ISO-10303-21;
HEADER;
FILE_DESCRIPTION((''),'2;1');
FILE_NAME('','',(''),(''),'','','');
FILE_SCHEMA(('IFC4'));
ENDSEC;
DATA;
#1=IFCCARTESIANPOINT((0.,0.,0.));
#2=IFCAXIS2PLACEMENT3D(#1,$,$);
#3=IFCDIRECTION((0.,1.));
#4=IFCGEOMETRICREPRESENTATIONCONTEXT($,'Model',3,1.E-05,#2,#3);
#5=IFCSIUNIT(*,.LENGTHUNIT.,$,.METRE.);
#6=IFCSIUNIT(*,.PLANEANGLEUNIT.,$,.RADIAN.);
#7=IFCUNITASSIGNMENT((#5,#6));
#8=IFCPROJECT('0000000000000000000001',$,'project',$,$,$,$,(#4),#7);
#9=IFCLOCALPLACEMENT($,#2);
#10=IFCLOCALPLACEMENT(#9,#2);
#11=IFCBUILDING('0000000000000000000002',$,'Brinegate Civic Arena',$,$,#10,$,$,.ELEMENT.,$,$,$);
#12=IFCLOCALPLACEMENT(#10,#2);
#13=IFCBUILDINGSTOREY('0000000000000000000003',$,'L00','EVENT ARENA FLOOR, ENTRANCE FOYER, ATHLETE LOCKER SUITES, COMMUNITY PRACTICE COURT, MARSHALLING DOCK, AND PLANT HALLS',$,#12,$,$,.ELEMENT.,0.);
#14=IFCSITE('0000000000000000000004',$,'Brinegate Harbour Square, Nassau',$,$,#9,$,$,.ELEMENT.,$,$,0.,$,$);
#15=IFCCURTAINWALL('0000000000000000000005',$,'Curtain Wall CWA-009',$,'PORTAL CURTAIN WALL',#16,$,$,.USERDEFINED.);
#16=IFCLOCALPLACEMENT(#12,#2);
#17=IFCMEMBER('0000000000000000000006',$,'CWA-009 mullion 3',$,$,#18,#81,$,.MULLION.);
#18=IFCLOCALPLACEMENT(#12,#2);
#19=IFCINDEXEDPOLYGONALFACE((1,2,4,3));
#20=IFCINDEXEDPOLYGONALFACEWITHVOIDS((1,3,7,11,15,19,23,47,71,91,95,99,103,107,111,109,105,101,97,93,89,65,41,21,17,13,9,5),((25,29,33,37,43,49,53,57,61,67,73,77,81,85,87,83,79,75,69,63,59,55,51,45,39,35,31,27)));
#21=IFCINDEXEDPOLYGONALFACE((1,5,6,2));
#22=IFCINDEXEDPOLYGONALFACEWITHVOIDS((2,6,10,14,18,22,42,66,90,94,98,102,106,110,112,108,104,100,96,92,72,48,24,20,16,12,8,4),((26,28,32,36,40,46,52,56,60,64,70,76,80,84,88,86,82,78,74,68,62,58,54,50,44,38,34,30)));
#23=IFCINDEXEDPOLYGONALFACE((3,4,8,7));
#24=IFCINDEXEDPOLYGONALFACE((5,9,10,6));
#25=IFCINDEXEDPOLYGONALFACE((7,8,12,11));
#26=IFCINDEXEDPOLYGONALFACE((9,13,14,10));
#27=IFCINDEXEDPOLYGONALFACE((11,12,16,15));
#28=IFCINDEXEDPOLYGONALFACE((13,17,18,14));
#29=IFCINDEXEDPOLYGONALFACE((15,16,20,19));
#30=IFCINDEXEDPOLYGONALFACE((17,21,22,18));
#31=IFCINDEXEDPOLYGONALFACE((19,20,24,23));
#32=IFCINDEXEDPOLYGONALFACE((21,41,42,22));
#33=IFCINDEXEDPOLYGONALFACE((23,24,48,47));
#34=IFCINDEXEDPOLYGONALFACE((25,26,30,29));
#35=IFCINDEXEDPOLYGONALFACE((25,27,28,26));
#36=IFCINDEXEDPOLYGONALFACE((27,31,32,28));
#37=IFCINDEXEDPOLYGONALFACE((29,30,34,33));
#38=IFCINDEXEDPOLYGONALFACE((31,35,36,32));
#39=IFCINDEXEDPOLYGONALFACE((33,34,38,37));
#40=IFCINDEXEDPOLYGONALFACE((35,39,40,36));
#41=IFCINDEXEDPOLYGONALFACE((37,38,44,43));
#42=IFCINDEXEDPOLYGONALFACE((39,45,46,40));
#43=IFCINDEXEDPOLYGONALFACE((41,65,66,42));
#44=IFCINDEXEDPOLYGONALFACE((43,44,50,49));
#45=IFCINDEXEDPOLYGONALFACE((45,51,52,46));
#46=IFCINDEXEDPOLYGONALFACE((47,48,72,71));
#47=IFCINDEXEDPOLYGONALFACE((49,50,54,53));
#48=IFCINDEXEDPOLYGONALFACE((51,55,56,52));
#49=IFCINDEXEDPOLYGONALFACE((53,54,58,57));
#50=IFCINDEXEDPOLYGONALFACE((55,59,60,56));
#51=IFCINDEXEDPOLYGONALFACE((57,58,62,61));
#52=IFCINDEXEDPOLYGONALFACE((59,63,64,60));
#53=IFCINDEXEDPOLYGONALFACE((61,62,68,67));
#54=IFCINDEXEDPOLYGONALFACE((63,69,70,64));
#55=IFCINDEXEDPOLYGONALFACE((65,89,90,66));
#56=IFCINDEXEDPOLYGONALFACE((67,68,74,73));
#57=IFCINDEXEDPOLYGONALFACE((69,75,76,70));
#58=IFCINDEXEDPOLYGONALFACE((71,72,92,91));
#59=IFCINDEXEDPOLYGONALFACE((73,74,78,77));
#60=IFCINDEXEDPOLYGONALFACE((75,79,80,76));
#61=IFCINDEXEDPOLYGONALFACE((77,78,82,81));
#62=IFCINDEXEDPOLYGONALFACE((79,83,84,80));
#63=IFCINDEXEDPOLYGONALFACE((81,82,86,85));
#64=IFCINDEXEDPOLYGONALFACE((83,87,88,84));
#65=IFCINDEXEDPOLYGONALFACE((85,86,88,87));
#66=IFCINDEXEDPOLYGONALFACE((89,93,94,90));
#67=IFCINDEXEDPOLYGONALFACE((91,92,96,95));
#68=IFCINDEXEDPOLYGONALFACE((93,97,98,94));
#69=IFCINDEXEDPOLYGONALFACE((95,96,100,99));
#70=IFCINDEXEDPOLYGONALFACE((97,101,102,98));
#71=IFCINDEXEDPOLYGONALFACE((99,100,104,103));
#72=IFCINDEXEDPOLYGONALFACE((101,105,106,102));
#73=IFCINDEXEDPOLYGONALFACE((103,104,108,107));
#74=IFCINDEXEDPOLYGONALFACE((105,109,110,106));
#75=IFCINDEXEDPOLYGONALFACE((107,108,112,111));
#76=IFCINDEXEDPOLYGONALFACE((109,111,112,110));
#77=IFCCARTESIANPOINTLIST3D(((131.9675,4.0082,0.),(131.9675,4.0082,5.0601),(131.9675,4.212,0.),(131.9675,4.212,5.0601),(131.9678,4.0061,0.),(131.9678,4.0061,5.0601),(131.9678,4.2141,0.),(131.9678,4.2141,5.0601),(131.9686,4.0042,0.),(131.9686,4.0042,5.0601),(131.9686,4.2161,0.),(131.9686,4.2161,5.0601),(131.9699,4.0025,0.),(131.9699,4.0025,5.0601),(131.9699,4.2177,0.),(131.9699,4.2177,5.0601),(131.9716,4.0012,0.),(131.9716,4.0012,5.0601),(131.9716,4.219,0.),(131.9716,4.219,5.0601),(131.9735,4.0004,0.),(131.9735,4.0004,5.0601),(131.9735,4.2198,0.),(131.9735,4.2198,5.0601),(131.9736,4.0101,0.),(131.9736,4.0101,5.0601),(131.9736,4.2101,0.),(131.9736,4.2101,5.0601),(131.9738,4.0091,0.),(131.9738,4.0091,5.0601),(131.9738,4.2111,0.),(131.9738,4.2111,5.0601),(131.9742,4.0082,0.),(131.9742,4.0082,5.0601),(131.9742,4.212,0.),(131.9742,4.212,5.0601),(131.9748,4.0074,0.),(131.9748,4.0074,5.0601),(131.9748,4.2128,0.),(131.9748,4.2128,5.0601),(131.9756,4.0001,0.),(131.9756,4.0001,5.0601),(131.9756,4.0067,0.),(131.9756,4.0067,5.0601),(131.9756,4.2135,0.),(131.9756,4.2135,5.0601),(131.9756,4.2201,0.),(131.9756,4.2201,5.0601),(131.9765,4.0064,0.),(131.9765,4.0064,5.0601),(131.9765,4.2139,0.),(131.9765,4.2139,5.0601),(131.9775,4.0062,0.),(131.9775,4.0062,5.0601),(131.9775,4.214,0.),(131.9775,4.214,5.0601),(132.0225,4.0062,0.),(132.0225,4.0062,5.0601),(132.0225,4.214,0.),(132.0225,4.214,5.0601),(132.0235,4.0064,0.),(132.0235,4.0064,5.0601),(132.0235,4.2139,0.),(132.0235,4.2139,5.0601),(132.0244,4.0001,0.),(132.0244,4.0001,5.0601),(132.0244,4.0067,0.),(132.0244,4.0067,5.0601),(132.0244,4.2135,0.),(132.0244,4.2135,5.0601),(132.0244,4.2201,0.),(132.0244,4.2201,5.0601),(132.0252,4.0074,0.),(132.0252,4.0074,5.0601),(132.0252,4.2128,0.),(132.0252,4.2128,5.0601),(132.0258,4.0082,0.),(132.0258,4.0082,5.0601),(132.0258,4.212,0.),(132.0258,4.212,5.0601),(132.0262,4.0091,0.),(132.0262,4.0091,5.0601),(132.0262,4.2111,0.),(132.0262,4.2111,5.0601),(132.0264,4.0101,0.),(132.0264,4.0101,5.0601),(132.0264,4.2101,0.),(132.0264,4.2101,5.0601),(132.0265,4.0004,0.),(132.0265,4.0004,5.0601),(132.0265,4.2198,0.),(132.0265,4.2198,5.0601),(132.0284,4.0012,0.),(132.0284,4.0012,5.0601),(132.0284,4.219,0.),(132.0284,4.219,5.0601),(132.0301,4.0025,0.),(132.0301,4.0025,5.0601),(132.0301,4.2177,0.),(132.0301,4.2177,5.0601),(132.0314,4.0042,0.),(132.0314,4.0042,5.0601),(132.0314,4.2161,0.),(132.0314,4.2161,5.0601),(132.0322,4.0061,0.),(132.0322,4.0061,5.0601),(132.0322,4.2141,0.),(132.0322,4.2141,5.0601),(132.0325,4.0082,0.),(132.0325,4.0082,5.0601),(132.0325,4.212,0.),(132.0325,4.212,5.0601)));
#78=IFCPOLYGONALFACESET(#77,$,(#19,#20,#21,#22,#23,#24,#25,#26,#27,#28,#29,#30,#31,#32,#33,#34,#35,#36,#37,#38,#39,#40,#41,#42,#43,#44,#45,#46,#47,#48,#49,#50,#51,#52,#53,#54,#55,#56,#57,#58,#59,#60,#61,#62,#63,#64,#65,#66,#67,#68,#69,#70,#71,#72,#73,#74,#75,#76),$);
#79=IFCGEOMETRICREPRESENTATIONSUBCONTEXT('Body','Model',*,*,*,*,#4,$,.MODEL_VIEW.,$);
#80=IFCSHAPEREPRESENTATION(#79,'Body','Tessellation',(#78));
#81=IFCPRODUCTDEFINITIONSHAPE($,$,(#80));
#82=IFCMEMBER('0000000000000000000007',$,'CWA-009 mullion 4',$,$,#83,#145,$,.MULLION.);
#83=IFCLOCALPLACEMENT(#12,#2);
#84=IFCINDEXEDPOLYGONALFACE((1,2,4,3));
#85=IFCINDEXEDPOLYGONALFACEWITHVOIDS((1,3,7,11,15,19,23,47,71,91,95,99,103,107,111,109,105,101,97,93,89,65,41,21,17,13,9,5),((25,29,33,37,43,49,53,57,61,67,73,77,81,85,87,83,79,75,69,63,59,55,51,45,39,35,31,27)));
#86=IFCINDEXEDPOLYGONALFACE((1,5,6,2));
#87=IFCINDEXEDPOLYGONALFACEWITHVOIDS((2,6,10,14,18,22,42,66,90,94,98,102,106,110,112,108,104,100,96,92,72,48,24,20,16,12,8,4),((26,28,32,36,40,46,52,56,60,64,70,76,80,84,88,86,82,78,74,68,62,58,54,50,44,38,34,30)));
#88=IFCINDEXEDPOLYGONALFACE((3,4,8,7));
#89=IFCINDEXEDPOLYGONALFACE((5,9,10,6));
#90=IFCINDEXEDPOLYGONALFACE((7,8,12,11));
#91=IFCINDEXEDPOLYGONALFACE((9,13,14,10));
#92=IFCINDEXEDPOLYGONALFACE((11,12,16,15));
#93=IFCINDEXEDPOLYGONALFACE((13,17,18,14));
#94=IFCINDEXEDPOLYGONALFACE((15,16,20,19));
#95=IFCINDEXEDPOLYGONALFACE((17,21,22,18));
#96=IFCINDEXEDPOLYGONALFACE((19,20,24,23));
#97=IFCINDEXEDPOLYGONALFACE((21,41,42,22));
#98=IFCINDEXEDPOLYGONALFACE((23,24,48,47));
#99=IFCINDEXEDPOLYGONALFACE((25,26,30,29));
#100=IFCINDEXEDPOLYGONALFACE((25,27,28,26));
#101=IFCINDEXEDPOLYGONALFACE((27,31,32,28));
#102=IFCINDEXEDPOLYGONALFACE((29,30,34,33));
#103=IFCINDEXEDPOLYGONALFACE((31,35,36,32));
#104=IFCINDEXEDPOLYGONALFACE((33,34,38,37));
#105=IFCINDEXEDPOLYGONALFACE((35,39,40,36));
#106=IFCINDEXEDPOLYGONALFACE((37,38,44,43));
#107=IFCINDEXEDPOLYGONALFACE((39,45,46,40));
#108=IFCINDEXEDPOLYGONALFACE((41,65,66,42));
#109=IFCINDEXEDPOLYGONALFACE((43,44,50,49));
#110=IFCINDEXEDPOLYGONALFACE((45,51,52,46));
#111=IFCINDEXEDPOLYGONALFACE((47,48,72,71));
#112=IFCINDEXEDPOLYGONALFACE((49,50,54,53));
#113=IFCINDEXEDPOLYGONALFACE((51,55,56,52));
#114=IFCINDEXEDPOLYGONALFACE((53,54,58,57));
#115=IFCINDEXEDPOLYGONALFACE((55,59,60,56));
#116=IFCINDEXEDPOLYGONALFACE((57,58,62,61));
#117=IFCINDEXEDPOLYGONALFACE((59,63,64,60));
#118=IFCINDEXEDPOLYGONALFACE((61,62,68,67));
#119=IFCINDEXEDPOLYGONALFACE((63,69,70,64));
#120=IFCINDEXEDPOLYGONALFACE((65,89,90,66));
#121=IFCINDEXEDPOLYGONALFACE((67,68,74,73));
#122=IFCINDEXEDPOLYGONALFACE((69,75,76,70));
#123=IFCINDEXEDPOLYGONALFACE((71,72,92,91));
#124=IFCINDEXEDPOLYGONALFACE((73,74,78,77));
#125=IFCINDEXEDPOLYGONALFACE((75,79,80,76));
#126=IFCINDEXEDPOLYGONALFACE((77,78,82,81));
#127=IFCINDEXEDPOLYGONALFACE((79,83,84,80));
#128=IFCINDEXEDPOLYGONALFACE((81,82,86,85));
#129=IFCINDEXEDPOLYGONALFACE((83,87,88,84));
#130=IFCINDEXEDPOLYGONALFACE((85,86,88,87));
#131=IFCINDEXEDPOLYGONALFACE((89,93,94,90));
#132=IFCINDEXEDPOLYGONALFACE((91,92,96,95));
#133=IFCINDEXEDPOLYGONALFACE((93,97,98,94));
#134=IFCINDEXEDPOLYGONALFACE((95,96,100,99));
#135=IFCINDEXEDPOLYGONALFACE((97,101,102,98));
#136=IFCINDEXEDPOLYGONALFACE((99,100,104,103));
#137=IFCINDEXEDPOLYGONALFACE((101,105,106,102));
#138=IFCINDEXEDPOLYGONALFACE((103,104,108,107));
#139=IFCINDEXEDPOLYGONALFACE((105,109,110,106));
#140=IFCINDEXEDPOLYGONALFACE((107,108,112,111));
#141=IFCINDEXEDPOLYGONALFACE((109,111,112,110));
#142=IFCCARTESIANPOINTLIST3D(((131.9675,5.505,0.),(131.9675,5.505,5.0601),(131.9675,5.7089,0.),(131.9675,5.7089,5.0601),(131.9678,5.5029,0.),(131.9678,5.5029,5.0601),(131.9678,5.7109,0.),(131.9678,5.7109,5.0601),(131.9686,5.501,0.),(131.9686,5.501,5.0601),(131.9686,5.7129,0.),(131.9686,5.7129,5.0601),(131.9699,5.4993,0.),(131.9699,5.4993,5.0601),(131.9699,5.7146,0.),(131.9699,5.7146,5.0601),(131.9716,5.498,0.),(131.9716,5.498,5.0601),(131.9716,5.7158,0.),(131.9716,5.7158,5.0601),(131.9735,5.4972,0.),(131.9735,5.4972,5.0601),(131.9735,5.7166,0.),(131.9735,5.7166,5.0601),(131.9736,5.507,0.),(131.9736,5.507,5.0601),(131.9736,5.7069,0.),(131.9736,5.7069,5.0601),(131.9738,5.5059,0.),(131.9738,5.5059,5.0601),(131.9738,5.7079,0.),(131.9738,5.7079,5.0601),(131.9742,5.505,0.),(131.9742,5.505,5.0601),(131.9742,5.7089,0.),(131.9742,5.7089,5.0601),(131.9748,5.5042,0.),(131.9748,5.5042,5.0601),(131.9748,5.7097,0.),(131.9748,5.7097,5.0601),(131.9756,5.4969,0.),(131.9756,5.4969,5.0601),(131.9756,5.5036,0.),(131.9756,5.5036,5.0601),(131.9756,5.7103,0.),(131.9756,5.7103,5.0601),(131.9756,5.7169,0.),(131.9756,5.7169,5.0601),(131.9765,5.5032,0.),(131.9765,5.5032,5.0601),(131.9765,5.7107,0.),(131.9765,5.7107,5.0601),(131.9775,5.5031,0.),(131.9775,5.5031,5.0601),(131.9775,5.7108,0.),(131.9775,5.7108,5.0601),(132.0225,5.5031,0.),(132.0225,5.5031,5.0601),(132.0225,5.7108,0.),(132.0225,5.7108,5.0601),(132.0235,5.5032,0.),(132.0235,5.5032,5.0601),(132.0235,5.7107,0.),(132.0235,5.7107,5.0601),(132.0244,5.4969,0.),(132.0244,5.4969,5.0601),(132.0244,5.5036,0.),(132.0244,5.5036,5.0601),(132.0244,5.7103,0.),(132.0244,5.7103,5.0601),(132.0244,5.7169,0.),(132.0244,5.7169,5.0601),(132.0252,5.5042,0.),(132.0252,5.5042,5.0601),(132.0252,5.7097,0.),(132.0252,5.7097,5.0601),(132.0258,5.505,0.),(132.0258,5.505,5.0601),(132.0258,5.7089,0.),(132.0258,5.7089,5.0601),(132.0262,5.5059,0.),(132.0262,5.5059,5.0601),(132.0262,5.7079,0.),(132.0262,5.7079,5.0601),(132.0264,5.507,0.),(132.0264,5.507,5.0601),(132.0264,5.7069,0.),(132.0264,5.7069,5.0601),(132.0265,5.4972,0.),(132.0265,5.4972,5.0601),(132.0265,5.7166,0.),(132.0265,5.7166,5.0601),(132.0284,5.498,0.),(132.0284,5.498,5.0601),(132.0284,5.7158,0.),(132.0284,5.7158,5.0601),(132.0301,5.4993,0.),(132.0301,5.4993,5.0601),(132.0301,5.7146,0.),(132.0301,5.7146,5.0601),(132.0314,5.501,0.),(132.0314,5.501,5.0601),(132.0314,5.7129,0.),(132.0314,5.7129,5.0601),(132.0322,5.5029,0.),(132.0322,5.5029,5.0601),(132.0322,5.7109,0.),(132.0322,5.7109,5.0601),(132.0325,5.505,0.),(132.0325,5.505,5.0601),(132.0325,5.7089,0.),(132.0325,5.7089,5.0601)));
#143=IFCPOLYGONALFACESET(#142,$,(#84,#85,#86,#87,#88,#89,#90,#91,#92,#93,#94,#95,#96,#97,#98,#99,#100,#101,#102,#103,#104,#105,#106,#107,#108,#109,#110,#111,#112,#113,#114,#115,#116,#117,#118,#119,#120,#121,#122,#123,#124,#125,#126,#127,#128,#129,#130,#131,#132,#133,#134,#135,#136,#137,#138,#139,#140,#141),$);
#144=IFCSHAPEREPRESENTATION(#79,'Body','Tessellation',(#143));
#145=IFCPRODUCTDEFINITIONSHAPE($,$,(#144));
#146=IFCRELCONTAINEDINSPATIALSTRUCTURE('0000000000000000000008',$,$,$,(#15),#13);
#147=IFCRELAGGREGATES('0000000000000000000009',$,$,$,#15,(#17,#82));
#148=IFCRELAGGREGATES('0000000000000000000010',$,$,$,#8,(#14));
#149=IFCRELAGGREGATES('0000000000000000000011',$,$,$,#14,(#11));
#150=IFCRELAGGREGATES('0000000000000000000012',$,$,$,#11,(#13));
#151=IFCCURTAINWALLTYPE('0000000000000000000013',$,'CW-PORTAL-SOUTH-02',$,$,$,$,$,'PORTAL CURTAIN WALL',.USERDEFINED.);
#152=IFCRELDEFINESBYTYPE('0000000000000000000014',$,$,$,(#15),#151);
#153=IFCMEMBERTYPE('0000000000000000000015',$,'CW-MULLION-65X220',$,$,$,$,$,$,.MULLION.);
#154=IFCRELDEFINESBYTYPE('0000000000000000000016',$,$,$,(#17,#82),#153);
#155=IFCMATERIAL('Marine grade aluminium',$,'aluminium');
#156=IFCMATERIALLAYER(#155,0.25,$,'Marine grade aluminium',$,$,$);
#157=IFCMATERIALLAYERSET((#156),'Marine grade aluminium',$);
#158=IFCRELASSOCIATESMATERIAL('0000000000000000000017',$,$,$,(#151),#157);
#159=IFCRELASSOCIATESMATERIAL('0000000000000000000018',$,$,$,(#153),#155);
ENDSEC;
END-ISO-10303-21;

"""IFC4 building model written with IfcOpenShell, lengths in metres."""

from ifc_helpers import new_model, si_unit, direction, frame, origin, origin_2d, place, context, subcontext, project, spatial, hollow_rectangle, extrude, material, layer, layer_set, material_profile, profile_set, type_object, element, aggregate, save


model = new_model("IFC4")

# Units and contexts
model_context = context("Model", 3, precision=1e-05, world=origin(), true_north=direction((0.0, 1.0)))
body_context = subcontext(model_context, "Body", "Model", "MODEL_VIEW")
ifc_project = project(units=[si_unit("LENGTHUNIT", "METRE"), si_unit("PLANEANGLEUNIT", "RADIAN")], contexts=[model_context])

# Site, building, storey
site_placement = place(None, origin())
site = spatial("IfcSite", under=ifc_project, at=site_placement, Name="Brinegate Harbour Square, Nassau", CompositionType="ELEMENT", RefElevation=0.0)
building_placement = place(site_placement, origin())
building = spatial("IfcBuilding", under=site, at=building_placement, Name="Brinegate Civic Arena", CompositionType="ELEMENT")
storey_placement = place(building_placement, origin())
storey = spatial("IfcBuildingStorey", under=building, at=storey_placement, Name="L00", Description="EVENT ARENA FLOOR, ENTRANCE FOYER, ATHLETE LOCKER SUITES, COMMUNITY PRACTICE COURT, MARSHALLING DOCK, AND PLANT HALLS", CompositionType="ELEMENT", Elevation=0.0)

# Curtain wall, members
ifc_material_1 = material(Name="Marine grade aluminium", Category="aluminium")
ifc_layer_1 = layer(ifc_material_1, 0.25, Name="Marine grade aluminium")
ifc_layer_set_1 = layer_set([ifc_layer_1], Name="Marine grade aluminium")
curtain_wall_type = type_object("IfcCurtainWallType", Name="CW-PORTAL-SOUTH-02", ElementType="PORTAL CURTAIN WALL", PredefinedType="USERDEFINED", material=ifc_layer_set_1)
curtain_wall_placement = place(storey_placement, origin())
curtain_wall = element("IfcCurtainWall", 1, at=curtain_wall_placement, inside=storey, type_object=curtain_wall_type, Name="Curtain Wall CWA-009", ObjectType="PORTAL CURTAIN WALL", PredefinedType="USERDEFINED")
ifc_material_profile_1 = material_profile(ifc_material_1, hollow_rectangle(XDim=0.0649, YDim=0.22, WallThickness=0.0061, InnerFilletRadius=0.0039, OuterFilletRadius=0.0081, at=origin_2d()), Name="MUL65X220")
ifc_profile_set_1 = profile_set([ifc_material_profile_1], Name="Marine grade aluminium")
member_type_1 = type_object("IfcMemberType", Name="CW-MULLION-65X220", PredefinedType="MULLION", material=ifc_profile_set_1)
member_1_placement = place(storey_placement, frame((132.0, 4.1101, 0.0), z_axis=(0.0, 0.0, 1.0), x_axis=(-1.0, 0.0, 0.0)))
member_1 = element("IfcMember", 2, at=member_1_placement, type_object=member_type_1, Name="CWA-009 mullion 3", PredefinedType="MULLION", context=body_context, shape_type="SweptSolid", body=[
    extrude(hollow_rectangle(XDim=0.0649, YDim=0.22, WallThickness=0.0061, InnerFilletRadius=0.0039, OuterFilletRadius=0.0081, at=origin_2d()), origin(), (0.0, 0.0, 1.0), 5.0601),
])
member_2_placement = place(storey_placement, frame((132.0, 5.6069, 0.0), z_axis=(0.0, 0.0, 1.0), x_axis=(-1.0, 0.0, 0.0)))
member_2 = element("IfcMember", 3, at=member_2_placement, type_object=member_type_1, Name="CWA-009 mullion 4", PredefinedType="MULLION", context=body_context, shape_type="SweptSolid", body=[
    extrude(hollow_rectangle(XDim=0.0649, YDim=0.22, WallThickness=0.0061, InnerFilletRadius=0.0039, OuterFilletRadius=0.0081, at=origin_2d()), origin(), (0.0, 0.0, 1.0), 5.0601),
])
aggregate(curtain_wall, [member_1, member_2])

save(model, "model.ifc")
